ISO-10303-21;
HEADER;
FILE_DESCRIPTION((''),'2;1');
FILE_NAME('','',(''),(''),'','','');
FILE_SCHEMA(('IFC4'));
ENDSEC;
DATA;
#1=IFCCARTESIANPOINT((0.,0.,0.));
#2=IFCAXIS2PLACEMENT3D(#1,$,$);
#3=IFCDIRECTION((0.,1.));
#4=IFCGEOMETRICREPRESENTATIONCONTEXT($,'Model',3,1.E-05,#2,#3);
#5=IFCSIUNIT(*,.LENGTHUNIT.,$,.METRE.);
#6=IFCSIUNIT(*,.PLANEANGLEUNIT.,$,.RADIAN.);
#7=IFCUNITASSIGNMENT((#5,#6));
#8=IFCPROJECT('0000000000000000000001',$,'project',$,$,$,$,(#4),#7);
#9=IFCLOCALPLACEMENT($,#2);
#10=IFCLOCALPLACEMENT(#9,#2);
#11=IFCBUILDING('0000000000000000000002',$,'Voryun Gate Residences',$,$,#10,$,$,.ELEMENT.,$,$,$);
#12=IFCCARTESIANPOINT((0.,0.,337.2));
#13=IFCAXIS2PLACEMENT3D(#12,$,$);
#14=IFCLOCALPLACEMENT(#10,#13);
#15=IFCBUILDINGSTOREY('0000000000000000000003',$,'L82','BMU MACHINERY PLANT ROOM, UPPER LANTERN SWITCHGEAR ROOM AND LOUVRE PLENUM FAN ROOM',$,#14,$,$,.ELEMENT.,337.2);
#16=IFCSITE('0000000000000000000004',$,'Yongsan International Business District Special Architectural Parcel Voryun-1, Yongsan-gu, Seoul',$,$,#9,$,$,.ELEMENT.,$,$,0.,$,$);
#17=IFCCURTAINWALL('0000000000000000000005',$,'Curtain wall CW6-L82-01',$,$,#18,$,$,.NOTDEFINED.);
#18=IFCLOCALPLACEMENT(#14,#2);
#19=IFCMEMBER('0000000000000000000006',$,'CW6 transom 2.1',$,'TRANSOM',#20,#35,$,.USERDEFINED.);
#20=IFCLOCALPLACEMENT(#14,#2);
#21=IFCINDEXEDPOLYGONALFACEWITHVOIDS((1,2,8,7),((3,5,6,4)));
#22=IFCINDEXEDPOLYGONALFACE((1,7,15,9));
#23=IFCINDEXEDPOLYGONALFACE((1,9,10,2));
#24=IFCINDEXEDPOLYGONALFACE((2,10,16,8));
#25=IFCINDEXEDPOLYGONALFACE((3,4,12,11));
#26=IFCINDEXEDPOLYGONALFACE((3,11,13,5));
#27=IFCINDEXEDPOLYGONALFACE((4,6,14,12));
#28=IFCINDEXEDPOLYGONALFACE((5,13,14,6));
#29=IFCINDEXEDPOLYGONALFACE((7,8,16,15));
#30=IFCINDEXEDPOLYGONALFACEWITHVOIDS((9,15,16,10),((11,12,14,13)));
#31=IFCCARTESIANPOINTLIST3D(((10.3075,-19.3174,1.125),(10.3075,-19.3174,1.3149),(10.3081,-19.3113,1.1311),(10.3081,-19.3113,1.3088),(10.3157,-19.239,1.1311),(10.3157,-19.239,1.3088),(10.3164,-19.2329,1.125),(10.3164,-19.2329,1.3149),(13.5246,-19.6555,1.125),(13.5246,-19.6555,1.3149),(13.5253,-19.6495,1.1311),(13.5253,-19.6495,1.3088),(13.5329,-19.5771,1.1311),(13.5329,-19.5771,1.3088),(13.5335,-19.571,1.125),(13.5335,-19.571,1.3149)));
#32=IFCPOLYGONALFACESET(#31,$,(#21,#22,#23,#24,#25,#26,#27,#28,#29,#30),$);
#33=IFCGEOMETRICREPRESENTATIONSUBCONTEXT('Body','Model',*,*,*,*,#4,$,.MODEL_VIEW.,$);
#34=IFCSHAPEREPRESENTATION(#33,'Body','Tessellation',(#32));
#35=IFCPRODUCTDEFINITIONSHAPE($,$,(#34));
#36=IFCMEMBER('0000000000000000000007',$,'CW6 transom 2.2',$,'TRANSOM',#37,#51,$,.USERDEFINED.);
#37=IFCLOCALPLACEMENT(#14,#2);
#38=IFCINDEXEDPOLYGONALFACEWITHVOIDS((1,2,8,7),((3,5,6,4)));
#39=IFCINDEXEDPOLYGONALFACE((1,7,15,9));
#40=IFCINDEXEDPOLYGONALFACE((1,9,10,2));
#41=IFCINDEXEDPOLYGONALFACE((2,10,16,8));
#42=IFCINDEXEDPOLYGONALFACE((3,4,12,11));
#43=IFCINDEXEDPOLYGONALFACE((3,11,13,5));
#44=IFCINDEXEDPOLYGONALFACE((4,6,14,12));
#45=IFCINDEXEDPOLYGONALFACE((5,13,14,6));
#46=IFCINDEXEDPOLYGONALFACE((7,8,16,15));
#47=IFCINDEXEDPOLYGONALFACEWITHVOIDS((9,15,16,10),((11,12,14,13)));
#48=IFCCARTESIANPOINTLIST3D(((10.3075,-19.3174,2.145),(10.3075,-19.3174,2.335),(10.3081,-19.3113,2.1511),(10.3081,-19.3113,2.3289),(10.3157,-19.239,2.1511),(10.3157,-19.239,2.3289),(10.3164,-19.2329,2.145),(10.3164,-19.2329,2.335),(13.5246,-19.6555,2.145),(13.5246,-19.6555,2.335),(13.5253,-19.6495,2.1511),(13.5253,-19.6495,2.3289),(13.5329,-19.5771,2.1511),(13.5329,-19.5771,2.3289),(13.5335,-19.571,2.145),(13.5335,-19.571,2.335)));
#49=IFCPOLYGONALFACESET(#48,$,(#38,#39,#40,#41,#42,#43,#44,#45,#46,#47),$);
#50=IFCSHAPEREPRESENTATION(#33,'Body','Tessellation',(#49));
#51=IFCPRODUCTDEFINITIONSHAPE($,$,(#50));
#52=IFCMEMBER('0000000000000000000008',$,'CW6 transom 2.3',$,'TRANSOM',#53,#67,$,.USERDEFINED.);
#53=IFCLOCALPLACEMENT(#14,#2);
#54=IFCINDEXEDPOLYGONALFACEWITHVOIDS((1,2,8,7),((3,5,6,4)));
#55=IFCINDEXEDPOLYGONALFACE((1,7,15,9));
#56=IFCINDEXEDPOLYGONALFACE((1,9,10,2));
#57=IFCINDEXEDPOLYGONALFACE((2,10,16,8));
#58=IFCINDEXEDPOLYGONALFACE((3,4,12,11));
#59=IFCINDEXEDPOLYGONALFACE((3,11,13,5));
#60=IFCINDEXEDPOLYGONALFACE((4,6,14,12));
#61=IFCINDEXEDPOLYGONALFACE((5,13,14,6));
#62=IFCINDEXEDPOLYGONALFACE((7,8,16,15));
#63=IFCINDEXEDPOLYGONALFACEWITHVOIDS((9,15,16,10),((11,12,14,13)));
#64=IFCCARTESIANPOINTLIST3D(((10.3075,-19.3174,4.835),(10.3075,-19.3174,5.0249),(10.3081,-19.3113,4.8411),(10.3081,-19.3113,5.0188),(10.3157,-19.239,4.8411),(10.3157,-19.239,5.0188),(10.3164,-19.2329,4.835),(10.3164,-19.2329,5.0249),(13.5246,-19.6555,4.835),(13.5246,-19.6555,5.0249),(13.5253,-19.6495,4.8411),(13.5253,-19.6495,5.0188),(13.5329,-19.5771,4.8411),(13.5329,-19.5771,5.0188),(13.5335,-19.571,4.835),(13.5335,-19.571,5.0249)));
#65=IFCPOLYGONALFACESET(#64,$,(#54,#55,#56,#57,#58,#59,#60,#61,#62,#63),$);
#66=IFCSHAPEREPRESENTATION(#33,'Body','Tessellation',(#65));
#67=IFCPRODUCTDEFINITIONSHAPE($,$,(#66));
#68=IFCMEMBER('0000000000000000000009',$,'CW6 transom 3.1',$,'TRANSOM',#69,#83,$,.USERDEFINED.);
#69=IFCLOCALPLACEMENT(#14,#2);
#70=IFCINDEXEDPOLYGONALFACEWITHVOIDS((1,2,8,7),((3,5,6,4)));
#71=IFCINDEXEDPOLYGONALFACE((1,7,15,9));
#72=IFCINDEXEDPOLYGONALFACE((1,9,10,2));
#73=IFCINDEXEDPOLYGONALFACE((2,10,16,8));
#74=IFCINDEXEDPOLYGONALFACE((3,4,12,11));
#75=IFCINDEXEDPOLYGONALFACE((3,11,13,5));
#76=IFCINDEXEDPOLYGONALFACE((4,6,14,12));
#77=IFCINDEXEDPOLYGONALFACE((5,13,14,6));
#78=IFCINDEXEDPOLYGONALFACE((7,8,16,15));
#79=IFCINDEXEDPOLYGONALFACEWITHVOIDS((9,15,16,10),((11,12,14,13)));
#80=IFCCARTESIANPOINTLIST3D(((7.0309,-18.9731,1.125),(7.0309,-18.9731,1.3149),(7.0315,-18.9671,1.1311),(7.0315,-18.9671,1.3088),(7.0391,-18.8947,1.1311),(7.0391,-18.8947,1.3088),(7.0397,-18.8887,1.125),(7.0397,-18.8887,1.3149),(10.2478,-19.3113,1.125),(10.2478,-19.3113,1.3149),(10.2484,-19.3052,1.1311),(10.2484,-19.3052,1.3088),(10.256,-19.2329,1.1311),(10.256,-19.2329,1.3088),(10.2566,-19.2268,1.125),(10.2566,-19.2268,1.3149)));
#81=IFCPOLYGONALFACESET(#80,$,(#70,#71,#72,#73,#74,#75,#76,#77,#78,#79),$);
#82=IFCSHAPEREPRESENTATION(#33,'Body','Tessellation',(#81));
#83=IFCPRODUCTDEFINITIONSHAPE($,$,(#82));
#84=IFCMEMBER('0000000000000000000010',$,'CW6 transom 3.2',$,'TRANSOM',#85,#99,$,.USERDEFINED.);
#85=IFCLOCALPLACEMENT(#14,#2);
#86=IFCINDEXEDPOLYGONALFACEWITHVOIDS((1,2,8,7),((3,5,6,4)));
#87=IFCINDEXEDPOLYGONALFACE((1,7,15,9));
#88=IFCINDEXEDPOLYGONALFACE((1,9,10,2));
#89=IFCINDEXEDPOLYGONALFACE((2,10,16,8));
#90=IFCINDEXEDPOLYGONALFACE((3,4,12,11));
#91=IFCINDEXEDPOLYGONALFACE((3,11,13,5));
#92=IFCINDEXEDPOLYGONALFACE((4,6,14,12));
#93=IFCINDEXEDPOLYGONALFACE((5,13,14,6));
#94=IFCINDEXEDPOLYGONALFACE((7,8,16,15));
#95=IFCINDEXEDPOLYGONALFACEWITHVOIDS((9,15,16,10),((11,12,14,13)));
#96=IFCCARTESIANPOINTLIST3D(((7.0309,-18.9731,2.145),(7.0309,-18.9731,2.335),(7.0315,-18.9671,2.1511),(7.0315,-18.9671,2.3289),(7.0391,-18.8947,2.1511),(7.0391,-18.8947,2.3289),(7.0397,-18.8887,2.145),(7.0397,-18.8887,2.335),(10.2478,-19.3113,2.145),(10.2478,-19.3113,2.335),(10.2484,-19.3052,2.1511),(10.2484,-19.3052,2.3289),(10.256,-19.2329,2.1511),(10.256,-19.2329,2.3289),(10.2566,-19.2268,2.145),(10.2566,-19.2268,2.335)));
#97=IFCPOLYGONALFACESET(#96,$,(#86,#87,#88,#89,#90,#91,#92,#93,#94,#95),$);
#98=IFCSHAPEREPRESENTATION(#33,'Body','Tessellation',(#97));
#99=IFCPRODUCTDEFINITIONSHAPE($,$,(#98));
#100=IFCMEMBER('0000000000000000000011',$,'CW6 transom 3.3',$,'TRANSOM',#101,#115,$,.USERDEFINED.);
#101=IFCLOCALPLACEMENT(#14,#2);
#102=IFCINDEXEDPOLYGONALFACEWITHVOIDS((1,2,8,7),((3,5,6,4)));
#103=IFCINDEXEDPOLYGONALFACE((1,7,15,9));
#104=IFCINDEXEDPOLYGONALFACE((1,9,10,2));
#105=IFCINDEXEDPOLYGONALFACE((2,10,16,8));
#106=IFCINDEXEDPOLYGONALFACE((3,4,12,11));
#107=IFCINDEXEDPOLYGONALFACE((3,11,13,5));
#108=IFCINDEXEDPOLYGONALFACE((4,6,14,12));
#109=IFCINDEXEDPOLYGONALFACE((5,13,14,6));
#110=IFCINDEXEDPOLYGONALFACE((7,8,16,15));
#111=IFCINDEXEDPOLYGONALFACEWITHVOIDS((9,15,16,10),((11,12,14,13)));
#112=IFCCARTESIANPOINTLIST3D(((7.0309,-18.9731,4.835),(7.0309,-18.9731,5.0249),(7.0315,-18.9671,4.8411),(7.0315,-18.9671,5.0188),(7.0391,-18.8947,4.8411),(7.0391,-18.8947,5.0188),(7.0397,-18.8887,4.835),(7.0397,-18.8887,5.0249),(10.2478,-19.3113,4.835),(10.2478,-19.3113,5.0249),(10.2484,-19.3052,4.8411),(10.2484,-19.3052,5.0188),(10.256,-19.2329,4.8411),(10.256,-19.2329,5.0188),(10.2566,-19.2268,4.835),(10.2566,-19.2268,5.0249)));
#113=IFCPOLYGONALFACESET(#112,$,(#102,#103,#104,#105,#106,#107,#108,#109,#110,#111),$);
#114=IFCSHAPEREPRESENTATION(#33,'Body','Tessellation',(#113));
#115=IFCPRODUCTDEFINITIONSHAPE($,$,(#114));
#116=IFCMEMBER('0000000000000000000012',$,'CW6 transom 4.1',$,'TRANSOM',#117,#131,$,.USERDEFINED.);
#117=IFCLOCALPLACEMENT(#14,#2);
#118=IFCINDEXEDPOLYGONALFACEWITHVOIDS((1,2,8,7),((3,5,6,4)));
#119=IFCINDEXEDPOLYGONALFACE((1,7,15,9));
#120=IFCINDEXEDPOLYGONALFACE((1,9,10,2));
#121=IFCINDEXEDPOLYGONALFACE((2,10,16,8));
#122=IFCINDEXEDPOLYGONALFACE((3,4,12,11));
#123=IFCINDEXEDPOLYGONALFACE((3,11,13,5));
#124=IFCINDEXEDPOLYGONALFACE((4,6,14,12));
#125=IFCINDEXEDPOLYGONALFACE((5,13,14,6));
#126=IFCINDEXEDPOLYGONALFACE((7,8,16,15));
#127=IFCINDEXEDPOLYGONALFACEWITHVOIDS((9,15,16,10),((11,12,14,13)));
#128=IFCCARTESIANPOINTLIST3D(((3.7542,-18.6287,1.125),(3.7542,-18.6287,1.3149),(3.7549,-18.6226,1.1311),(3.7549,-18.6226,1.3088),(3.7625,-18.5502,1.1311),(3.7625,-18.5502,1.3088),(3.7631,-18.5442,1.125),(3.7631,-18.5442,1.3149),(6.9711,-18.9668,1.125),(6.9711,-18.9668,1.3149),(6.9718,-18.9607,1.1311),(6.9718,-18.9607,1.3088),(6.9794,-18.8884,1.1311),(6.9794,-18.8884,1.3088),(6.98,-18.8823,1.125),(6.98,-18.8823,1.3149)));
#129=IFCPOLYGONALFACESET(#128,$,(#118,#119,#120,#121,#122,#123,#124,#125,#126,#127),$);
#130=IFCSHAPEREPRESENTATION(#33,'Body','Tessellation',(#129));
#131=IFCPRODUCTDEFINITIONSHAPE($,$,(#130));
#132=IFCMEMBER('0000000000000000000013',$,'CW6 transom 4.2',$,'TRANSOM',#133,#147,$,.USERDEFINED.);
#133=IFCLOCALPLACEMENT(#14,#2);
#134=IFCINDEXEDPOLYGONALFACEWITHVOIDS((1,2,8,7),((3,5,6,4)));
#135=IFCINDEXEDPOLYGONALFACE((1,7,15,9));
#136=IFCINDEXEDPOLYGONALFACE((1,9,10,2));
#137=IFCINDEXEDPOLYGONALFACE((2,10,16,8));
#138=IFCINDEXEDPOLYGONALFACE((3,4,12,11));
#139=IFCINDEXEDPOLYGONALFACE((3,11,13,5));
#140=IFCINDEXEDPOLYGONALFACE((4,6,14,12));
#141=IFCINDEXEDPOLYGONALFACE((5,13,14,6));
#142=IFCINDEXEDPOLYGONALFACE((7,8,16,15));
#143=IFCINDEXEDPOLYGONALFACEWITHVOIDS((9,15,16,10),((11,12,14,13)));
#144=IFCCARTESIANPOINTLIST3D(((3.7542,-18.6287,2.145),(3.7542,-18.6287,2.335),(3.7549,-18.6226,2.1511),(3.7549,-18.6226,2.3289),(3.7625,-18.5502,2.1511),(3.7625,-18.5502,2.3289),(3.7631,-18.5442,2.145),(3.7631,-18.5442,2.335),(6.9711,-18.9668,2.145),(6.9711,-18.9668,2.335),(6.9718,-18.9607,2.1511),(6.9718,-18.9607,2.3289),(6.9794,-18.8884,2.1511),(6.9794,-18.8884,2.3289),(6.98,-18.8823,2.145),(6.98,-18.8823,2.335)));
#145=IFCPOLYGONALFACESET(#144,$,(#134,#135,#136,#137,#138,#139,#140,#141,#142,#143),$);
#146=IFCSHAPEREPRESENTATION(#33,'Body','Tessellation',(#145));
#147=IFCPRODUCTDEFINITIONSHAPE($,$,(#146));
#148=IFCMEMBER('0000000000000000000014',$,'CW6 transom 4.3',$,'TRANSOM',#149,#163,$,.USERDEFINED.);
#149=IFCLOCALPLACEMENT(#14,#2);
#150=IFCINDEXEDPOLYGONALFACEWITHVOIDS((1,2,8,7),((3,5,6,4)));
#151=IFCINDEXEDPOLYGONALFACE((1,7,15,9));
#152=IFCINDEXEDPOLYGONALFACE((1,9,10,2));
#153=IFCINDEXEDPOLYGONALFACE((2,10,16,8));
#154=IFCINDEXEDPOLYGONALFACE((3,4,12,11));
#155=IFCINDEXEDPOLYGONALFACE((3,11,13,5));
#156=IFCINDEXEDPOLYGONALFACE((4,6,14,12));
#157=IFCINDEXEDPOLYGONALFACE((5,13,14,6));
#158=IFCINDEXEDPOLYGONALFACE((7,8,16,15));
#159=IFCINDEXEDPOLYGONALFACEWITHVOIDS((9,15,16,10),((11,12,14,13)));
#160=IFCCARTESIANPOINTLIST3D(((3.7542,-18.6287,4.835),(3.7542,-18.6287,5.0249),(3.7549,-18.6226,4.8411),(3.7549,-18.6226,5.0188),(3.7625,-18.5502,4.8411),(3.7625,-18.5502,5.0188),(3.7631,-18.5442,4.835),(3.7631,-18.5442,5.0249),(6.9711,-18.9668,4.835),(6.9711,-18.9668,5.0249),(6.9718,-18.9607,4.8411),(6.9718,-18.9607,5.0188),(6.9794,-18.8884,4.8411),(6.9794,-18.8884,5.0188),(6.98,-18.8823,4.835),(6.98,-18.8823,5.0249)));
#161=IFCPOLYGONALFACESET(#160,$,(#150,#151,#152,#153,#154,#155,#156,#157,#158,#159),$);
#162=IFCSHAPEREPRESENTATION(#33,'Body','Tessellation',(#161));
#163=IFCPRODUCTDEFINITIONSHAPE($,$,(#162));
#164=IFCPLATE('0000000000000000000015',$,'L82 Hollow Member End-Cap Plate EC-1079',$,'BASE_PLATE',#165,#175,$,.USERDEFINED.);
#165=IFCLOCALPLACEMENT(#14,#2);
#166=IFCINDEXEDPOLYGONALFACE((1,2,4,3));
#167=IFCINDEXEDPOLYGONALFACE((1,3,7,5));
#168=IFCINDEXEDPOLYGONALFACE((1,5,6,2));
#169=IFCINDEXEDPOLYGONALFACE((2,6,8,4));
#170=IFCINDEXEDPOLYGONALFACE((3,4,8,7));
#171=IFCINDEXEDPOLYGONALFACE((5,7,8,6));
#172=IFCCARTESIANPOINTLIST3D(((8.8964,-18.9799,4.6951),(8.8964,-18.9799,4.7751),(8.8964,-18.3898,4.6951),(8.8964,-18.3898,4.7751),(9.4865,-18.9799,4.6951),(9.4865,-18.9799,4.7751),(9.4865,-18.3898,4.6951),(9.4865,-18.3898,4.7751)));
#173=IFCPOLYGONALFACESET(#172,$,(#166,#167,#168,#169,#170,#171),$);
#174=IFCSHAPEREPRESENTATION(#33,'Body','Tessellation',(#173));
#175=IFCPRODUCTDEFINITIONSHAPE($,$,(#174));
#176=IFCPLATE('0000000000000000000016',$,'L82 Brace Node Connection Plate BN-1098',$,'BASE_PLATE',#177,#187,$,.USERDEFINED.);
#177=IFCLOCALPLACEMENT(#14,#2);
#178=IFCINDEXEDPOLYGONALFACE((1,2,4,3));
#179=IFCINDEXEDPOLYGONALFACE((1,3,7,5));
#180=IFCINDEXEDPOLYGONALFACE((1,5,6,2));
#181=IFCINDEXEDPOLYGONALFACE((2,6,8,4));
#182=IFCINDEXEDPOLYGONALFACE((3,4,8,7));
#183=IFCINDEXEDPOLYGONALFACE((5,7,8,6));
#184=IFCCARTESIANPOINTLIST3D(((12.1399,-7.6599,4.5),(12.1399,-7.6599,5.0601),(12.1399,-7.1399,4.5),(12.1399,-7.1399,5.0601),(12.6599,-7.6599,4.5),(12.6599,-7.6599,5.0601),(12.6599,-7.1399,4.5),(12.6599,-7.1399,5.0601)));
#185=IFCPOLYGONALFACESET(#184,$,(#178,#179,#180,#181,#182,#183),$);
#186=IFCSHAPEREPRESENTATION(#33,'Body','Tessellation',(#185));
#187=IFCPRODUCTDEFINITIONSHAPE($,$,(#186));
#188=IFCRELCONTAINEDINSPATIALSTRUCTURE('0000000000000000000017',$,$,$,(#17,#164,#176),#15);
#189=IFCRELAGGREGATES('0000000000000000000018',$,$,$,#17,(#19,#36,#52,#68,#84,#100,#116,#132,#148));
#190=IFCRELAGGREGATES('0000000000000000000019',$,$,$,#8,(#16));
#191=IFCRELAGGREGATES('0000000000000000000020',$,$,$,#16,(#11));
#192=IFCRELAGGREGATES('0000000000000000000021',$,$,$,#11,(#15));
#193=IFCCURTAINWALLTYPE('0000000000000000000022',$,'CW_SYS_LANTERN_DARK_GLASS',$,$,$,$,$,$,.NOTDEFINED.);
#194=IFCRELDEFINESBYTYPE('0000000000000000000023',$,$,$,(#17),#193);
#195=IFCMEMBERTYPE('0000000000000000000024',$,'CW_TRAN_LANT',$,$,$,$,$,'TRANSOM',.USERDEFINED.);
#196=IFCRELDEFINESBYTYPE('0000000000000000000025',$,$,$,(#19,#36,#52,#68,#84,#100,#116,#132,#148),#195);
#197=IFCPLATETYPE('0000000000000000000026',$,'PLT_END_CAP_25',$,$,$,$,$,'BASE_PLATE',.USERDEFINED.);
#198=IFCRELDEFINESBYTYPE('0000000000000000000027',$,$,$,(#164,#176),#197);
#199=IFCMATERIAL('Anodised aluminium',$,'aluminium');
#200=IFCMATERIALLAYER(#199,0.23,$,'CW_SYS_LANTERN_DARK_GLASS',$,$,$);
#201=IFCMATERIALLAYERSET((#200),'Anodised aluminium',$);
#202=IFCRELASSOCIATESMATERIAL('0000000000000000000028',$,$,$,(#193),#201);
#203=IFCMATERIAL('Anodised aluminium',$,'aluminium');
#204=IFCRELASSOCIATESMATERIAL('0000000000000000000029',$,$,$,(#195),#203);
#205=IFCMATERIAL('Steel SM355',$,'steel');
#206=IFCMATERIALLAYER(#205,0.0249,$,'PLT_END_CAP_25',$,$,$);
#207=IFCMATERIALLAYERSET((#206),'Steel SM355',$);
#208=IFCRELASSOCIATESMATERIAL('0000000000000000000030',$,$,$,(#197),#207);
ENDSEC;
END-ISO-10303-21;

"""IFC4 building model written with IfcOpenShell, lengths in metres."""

from ifc_helpers import new_model, si_unit, direction, frame, origin, origin_2d, place, context, subcontext, project, spatial, rectangle, hollow_rectangle, extrude, material, layer, layer_set, material_profile, profile_set, type_object, element, aggregate, save


model = new_model("IFC4")

# Units and contexts
model_context = context("Model", 3, precision=1e-05, world=origin(), true_north=direction((0.0, 1.0)))
body_context = subcontext(model_context, "Body", "Model", "MODEL_VIEW")
ifc_project = project(units=[si_unit("LENGTHUNIT", "METRE"), si_unit("PLANEANGLEUNIT", "RADIAN")], contexts=[model_context])

# Site, building, storey
site_placement = place(None, origin())
site = spatial("IfcSite", under=ifc_project, at=site_placement, Name="Yongsan International Business District Special Architectural Parcel Voryun-1, Yongsan-gu, Seoul", CompositionType="ELEMENT", RefElevation=0.0)
building_placement = place(site_placement, origin())
building = spatial("IfcBuilding", under=site, at=building_placement, Name="Voryun Gate Residences", CompositionType="ELEMENT")
storey_placement = place(building_placement, frame((0.0, 0.0, 337.2)))
storey = spatial("IfcBuildingStorey", under=building, at=storey_placement, Name="L82", Description="BMU MACHINERY PLANT ROOM, UPPER LANTERN SWITCHGEAR ROOM AND LOUVRE PLENUM FAN ROOM", CompositionType="ELEMENT", Elevation=337.2)

# Curtain wall, members
ifc_material_1 = material(Name="Anodised aluminium", Category="aluminium")
ifc_layer_1 = layer(ifc_material_1, 0.23, Name="CW_SYS_LANTERN_DARK_GLASS")
ifc_layer_set_1 = layer_set([ifc_layer_1], Name="Anodised aluminium")
curtain_wall_type = type_object("IfcCurtainWallType", Name="CW_SYS_LANTERN_DARK_GLASS", PredefinedType="NOTDEFINED", material=ifc_layer_set_1)
curtain_wall_placement = place(storey_placement, origin())
curtain_wall = element("IfcCurtainWall", 1, at=curtain_wall_placement, inside=storey, type_object=curtain_wall_type, Name="Curtain wall CW6-L82-01", PredefinedType="NOTDEFINED")
ifc_material_2 = material(Name="Anodised aluminium", Category="aluminium")
ifc_material_profile_1 = material_profile(ifc_material_2, hollow_rectangle(XDim=0.085, YDim=0.1899, WallThickness=0.0061, at=origin_2d()), Name="ALU-TRAN-190x85x6")
ifc_profile_set_1 = profile_set([ifc_material_profile_1], Name="Anodised aluminium")
member_type_1 = type_object("IfcMemberType", Name="CW_TRAN_LANT", ElementType="TRANSOM", PredefinedType="USERDEFINED", material=ifc_profile_set_1)
member_1_placement = place(storey_placement, frame((13.5291, -19.6133, 1.22), z_axis=(-0.994522, 0.104532, 0.0), x_axis=(-0.104532, -0.994522, 0.0)))
member_1 = element("IfcMember", 2, at=member_1_placement, type_object=member_type_1, Name="CW6 transom 2.1", ObjectType="TRANSOM", PredefinedType="USERDEFINED", context=body_context, shape_type="SweptSolid", body=[
    extrude(hollow_rectangle(XDim=0.085, YDim=0.1899, WallThickness=0.0061, at=origin_2d()), origin(), (0.0, 0.0, 1.0), 3.2349),
])
member_2_placement = place(storey_placement, frame((13.5291, -19.6133, 2.24), z_axis=(-0.994522, 0.104532, 0.0), x_axis=(-0.104532, -0.994522, 0.0)))
member_2 = element("IfcMember", 3, at=member_2_placement, type_object=member_type_1, Name="CW6 transom 2.2", ObjectType="TRANSOM", PredefinedType="USERDEFINED", context=body_context, shape_type="SweptSolid", body=[
    extrude(hollow_rectangle(XDim=0.085, YDim=0.1899, WallThickness=0.0061, at=origin_2d()), origin(), (0.0, 0.0, 1.0), 3.2349),
])
member_3_placement = place(storey_placement, frame((13.5291, -19.6133, 4.9299), z_axis=(-0.994522, 0.104532, 0.0), x_axis=(-0.104532, -0.994522, 0.0)))
member_3 = element("IfcMember", 4, at=member_3_placement, type_object=member_type_1, Name="CW6 transom 2.3", ObjectType="TRANSOM", PredefinedType="USERDEFINED", context=body_context, shape_type="SweptSolid", body=[
    extrude(hollow_rectangle(XDim=0.085, YDim=0.1899, WallThickness=0.0061, at=origin_2d()), origin(), (0.0, 0.0, 1.0), 3.2349),
])
member_4_placement = place(storey_placement, frame((10.2522, -19.269, 1.22), z_axis=(-0.994521, 0.104539, 0.0), x_axis=(-0.104539, -0.994521, 0.0)))
member_4 = element("IfcMember", 5, at=member_4_placement, type_object=member_type_1, Name="CW6 transom 3.1", ObjectType="TRANSOM", PredefinedType="USERDEFINED", context=body_context, shape_type="SweptSolid", body=[
    extrude(hollow_rectangle(XDim=0.085, YDim=0.1899, WallThickness=0.0061, at=origin_2d()), origin(), (0.0, 0.0, 1.0), 3.2346),
])
member_5_placement = place(storey_placement, frame((10.2522, -19.269, 2.24), z_axis=(-0.994521, 0.104539, 0.0), x_axis=(-0.104539, -0.994521, 0.0)))
member_5 = element("IfcMember", 6, at=member_5_placement, type_object=member_type_1, Name="CW6 transom 3.2", ObjectType="TRANSOM", PredefinedType="USERDEFINED", context=body_context, shape_type="SweptSolid", body=[
    extrude(hollow_rectangle(XDim=0.085, YDim=0.1899, WallThickness=0.0061, at=origin_2d()), origin(), (0.0, 0.0, 1.0), 3.2346),
])
member_6_placement = place(storey_placement, frame((10.2522, -19.269, 4.9299), z_axis=(-0.994521, 0.104539, 0.0), x_axis=(-0.104539, -0.994521, 0.0)))
member_6 = element("IfcMember", 7, at=member_6_placement, type_object=member_type_1, Name="CW6 transom 3.3", ObjectType="TRANSOM", PredefinedType="USERDEFINED", context=body_context, shape_type="SweptSolid", body=[
    extrude(hollow_rectangle(XDim=0.085, YDim=0.1899, WallThickness=0.0061, at=origin_2d()), origin(), (0.0, 0.0, 1.0), 3.2346),
])
member_7_placement = place(storey_placement, frame((6.9756, -18.9246, 1.22), z_axis=(-0.994521, 0.104539, 0.0), x_axis=(-0.104539, -0.994521, 0.0)))
member_7 = element("IfcMember", 8, at=member_7_placement, type_object=member_type_1, Name="CW6 transom 4.1", ObjectType="TRANSOM", PredefinedType="USERDEFINED", context=body_context, shape_type="SweptSolid", body=[
    extrude(hollow_rectangle(XDim=0.085, YDim=0.1899, WallThickness=0.0061, at=origin_2d()), origin(), (0.0, 0.0, 1.0), 3.2346),
])
member_8_placement = place(storey_placement, frame((6.9756, -18.9246, 2.24), z_axis=(-0.994521, 0.104539, 0.0), x_axis=(-0.104539, -0.994521, 0.0)))
member_8 = element("IfcMember", 9, at=member_8_placement, type_object=member_type_1, Name="CW6 transom 4.2", ObjectType="TRANSOM", PredefinedType="USERDEFINED", context=body_context, shape_type="SweptSolid", body=[
    extrude(hollow_rectangle(XDim=0.085, YDim=0.1899, WallThickness=0.0061, at=origin_2d()), origin(), (0.0, 0.0, 1.0), 3.2346),
])
member_9_placement = place(storey_placement, frame((6.9756, -18.9246, 4.9299), z_axis=(-0.994521, 0.104539, 0.0), x_axis=(-0.104539, -0.994521, 0.0)))
member_9 = element("IfcMember", 10, at=member_9_placement, type_object=member_type_1, Name="CW6 transom 4.3", ObjectType="TRANSOM", PredefinedType="USERDEFINED", context=body_context, shape_type="SweptSolid", body=[
    extrude(hollow_rectangle(XDim=0.085, YDim=0.1899, WallThickness=0.0061, at=origin_2d()), origin(), (0.0, 0.0, 1.0), 3.2346),
])

# Plates
ifc_material_3 = material(Name="Steel SM355", Category="steel")
ifc_layer_2 = layer(ifc_material_3, 0.0249, Name="PLT_END_CAP_25")
ifc_layer_set_2 = layer_set([ifc_layer_2], Name="Steel SM355")
plate_type_1 = type_object("IfcPlateType", Name="PLT_END_CAP_25", ElementType="BASE_PLATE", PredefinedType="USERDEFINED", material=ifc_layer_set_2)
plate_1_placement = place(storey_placement, frame((9.1914, -18.6848, 4.6951), z_axis=(0.0, 0.0, 1.0), x_axis=(1.0, 0.0, 0.0)))
element("IfcPlate", 11, at=plate_1_placement, inside=storey, type_object=plate_type_1, Name="L82 Hollow Member End-Cap Plate EC-1079", ObjectType="BASE_PLATE", PredefinedType="USERDEFINED", context=body_context, shape_type="SweptSolid", body=[
    extrude(rectangle(XDim=0.5901, YDim=0.5901, at=origin_2d()), origin(), (0.0, 0.0, 1.0), 0.0801),
])
plate_2_placement = place(storey_placement, frame((12.3999, -7.3999, 4.5), z_axis=(0.0, 0.0, 1.0), x_axis=(1.0, 0.0, 0.0)))
element("IfcPlate", 12, at=plate_2_placement, inside=storey, type_object=plate_type_1, Name="L82 Brace Node Connection Plate BN-1098", ObjectType="BASE_PLATE", PredefinedType="USERDEFINED", context=body_context, shape_type="SweptSolid", body=[
    extrude(rectangle(XDim=0.52, YDim=0.52, at=origin_2d()), origin(), (0.0, 0.0, 1.0), 0.5601),
])

aggregate(curtain_wall, [member_1, member_2, member_3, member_4, member_5, member_6, member_7, member_8, member_9])

save(model, "model.ifc")
